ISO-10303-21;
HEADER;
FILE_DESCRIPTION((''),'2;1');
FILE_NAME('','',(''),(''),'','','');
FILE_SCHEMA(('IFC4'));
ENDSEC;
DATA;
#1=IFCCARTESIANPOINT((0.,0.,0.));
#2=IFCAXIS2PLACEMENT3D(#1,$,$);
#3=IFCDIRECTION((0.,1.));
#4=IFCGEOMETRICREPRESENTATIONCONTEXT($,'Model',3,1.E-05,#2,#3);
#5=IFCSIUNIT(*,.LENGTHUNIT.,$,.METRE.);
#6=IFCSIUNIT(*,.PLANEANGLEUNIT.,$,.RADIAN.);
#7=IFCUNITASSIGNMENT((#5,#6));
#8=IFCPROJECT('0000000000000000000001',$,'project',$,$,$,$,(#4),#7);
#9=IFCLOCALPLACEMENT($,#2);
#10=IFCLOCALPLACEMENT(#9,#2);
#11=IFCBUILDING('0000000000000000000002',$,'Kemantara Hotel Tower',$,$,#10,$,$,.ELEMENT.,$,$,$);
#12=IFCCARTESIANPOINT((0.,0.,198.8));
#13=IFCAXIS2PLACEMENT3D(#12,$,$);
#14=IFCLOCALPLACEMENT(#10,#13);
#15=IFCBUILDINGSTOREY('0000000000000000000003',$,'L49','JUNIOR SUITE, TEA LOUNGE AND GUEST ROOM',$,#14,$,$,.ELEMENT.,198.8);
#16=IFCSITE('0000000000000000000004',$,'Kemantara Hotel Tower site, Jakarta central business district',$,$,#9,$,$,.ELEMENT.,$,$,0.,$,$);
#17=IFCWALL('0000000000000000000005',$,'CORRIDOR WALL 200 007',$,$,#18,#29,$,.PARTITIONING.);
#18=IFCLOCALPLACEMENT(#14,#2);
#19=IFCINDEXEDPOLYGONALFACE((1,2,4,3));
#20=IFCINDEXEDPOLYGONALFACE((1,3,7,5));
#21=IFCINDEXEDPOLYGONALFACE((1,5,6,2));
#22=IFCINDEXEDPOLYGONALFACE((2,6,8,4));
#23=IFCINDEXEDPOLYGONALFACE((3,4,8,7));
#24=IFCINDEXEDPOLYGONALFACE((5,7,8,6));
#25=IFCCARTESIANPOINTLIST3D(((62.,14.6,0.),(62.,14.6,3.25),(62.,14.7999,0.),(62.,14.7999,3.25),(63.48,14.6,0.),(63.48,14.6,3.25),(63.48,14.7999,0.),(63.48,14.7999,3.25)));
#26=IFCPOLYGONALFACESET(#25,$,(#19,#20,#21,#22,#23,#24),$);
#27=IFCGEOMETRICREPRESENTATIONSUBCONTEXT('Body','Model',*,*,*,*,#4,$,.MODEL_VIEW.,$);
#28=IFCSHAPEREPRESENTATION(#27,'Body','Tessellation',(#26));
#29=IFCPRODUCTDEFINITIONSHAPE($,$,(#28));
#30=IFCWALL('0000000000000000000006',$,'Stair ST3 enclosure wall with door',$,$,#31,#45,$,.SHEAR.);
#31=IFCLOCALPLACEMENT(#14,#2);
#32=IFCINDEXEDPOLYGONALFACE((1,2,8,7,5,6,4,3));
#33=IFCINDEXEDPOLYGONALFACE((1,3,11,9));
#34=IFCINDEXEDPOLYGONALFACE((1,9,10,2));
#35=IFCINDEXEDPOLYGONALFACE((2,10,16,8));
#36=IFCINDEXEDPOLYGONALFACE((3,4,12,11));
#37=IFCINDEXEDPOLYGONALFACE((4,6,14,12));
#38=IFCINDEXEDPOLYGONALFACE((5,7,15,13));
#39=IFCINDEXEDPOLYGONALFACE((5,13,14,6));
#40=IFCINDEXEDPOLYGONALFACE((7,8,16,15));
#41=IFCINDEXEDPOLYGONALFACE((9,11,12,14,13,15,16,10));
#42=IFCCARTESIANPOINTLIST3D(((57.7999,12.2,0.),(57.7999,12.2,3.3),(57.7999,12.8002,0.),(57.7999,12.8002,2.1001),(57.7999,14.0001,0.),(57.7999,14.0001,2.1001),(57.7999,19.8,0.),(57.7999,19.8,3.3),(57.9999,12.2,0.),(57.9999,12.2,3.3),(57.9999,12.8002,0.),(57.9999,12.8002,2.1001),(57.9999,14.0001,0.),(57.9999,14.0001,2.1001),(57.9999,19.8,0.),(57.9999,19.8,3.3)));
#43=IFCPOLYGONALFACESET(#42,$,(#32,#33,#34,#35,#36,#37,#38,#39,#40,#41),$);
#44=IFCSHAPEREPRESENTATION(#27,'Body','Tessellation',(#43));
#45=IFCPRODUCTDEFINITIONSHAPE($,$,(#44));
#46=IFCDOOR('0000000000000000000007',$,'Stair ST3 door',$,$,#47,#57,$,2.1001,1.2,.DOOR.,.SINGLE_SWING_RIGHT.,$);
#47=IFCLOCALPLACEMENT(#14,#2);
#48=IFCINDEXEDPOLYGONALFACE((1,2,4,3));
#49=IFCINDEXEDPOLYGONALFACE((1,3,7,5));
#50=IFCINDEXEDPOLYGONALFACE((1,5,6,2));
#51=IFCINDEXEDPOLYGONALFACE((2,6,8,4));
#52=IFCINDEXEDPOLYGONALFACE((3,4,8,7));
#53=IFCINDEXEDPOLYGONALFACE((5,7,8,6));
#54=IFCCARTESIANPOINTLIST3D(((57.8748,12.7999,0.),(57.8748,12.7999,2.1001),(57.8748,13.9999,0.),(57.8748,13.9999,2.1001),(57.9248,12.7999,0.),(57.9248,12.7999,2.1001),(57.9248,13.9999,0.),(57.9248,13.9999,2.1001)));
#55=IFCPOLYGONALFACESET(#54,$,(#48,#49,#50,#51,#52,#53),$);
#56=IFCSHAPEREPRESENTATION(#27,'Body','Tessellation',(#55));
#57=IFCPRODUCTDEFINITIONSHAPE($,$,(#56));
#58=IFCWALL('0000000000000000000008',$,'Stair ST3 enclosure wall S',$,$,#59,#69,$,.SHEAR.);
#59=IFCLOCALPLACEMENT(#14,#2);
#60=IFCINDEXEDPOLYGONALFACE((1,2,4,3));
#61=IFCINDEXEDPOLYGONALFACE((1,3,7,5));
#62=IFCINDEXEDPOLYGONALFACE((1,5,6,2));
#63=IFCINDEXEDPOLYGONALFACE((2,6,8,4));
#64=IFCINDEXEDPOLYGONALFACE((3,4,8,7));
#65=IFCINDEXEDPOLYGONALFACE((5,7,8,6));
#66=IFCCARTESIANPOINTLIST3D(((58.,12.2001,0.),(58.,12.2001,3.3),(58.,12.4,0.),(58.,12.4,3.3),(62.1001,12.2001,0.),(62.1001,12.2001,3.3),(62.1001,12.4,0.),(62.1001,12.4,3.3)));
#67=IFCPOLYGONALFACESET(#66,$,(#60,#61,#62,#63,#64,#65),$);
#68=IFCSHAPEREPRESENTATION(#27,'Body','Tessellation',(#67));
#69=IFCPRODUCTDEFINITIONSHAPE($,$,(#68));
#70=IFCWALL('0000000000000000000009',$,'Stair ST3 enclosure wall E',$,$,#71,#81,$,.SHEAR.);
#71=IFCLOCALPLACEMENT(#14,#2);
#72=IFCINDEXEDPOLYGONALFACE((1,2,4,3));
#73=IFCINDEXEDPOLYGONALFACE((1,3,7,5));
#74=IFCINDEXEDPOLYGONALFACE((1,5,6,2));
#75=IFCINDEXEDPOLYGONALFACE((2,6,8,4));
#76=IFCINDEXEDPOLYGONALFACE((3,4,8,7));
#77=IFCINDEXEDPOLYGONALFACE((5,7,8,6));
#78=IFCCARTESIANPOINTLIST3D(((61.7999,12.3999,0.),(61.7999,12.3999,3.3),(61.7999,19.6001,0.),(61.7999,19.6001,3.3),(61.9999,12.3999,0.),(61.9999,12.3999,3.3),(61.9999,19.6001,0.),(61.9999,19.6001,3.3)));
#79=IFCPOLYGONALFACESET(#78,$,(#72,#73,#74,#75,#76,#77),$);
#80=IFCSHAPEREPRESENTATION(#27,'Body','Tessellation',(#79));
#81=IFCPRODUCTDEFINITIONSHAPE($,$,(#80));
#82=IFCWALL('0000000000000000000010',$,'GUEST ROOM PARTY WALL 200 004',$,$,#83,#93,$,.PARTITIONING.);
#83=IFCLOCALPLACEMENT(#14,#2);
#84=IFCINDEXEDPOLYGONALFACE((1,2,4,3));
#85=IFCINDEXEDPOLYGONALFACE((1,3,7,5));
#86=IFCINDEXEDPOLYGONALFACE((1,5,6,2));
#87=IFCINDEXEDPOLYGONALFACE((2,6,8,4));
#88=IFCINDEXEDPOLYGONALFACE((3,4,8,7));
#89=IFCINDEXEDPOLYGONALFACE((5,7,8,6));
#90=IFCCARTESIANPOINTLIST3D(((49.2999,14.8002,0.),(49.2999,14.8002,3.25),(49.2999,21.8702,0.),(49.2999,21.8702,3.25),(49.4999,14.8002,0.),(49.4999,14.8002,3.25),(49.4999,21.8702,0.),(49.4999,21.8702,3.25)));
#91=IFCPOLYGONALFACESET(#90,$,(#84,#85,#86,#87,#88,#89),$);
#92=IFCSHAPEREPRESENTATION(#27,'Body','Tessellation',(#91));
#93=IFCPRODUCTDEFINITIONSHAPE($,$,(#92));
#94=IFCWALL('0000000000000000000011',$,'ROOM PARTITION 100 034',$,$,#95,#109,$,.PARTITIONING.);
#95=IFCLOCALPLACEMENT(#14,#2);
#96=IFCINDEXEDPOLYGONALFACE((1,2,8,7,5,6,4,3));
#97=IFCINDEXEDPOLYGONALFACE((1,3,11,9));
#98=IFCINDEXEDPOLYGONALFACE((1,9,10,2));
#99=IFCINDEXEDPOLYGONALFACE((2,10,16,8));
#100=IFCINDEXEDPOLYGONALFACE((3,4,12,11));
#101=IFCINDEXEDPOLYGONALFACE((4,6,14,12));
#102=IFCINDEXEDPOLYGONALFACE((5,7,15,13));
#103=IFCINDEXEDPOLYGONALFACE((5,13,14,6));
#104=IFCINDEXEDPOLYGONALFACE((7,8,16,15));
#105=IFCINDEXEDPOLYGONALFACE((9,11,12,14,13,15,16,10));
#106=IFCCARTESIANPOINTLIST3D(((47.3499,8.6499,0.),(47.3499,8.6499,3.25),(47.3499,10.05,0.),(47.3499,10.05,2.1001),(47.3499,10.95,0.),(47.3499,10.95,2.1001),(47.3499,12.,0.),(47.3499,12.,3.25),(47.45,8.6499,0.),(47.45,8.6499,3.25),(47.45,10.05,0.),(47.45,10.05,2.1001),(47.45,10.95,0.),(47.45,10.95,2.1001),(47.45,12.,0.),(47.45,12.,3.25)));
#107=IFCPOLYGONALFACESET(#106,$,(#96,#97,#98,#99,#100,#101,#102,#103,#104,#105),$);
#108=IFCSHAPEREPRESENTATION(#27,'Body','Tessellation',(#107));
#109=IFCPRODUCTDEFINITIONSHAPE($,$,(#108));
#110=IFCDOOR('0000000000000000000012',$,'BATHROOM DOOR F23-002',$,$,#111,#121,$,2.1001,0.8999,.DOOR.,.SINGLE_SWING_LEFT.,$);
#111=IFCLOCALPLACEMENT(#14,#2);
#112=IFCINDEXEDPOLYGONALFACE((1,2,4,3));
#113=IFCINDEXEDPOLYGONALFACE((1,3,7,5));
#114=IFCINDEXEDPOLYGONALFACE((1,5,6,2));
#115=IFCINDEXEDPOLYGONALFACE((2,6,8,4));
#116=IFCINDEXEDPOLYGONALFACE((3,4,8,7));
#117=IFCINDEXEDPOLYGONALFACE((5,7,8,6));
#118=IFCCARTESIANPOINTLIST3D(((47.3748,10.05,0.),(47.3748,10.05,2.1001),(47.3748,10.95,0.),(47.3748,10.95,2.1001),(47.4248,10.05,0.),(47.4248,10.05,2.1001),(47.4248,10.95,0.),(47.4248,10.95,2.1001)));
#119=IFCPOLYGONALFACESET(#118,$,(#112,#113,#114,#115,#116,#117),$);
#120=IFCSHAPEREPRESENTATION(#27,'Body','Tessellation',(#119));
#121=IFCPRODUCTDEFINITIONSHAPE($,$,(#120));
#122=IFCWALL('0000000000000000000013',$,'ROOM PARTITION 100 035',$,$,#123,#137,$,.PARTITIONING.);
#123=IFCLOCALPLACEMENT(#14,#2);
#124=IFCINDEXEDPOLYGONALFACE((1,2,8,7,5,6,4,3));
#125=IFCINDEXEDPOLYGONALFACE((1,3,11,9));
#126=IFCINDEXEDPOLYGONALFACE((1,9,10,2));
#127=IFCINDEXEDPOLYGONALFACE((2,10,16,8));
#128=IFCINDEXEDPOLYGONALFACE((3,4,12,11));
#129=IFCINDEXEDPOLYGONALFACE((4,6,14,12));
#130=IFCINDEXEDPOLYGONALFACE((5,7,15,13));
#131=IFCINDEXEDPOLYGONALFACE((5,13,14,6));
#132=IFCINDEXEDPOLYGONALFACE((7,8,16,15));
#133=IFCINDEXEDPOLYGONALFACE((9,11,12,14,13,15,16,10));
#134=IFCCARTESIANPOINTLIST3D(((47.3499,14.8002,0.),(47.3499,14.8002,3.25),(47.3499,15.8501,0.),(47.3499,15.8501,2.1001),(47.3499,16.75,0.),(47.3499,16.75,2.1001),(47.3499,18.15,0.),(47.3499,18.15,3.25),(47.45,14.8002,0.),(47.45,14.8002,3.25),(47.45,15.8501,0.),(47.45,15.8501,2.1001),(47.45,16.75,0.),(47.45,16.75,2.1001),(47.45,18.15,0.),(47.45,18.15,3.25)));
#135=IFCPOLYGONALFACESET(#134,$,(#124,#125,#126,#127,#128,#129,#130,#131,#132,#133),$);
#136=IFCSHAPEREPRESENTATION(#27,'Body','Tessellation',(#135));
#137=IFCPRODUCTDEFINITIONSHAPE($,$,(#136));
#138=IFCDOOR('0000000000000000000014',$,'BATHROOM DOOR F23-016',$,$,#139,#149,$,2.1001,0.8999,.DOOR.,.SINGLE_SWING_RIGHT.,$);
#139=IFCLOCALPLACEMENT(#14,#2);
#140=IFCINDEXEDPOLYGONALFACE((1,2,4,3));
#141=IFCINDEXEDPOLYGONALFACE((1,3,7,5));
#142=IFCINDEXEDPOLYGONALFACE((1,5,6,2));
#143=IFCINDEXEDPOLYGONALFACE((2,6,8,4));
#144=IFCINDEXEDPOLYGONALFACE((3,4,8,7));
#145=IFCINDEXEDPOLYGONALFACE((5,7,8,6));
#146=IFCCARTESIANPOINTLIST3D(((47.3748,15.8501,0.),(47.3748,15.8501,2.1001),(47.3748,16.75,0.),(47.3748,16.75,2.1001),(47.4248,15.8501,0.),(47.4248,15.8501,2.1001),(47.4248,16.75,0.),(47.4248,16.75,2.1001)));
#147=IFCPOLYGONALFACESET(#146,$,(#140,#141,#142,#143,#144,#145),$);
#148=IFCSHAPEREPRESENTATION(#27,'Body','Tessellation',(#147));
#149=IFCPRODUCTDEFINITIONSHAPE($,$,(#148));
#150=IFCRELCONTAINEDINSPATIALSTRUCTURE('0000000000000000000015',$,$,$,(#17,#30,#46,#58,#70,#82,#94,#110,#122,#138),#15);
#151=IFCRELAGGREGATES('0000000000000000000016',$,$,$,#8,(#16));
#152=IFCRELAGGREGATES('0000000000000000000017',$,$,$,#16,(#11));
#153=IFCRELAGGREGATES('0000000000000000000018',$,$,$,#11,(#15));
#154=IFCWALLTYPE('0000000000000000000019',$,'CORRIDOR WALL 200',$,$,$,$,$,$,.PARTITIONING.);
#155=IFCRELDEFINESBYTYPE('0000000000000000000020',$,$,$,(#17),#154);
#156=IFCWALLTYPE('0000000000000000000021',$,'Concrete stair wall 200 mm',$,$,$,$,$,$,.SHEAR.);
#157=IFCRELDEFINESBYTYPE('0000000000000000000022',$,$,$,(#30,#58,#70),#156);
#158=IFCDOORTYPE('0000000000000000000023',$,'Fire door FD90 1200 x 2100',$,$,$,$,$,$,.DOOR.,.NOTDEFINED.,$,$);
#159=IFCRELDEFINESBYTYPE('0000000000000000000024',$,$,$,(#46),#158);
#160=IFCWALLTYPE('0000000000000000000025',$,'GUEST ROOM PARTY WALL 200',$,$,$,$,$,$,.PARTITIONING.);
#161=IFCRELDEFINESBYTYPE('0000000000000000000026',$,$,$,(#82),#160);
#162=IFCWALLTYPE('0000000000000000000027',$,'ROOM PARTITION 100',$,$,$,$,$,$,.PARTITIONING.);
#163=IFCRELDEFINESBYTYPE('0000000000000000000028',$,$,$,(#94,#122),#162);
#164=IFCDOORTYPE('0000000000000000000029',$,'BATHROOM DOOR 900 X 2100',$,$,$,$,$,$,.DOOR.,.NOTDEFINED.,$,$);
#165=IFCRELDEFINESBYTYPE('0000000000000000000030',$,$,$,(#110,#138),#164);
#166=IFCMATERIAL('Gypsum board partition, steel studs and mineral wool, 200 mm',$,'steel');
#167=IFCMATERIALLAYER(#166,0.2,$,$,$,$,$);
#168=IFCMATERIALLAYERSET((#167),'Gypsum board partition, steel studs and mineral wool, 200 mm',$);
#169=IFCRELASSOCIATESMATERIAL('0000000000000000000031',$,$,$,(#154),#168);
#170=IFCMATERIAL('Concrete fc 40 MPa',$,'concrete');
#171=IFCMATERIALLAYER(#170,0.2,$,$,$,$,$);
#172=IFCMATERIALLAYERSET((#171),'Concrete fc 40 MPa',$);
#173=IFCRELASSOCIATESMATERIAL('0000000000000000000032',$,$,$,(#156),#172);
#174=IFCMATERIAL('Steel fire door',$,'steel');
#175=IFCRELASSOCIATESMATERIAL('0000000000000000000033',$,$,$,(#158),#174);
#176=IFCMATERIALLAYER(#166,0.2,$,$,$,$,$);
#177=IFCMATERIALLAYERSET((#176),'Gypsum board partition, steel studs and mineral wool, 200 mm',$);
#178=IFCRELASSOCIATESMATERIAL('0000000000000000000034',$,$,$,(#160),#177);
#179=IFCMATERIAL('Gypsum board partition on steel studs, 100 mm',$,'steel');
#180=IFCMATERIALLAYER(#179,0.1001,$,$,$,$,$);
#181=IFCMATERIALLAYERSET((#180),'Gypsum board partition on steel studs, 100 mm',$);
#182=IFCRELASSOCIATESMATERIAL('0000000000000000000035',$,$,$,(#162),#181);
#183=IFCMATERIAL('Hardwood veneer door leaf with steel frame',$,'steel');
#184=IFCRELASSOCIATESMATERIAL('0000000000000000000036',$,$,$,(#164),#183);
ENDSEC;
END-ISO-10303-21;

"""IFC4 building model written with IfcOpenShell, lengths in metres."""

from ifc_helpers import new_model, si_unit, direction, frame, frame_2d, origin, place, context, subcontext, project, spatial, rectangle, extrude, material, layer, layer_set, type_object, element, fill, save


model = new_model("IFC4")

# Units and contexts
model_context = context("Model", 3, precision=1e-05, world=origin(), true_north=direction((0.0, 1.0)))
body_context = subcontext(model_context, "Body", "Model", "MODEL_VIEW")
ifc_project = project(units=[si_unit("LENGTHUNIT", "METRE"), si_unit("PLANEANGLEUNIT", "RADIAN")], contexts=[model_context])

# Site, building, storey
site_placement = place(None, origin())
site = spatial("IfcSite", under=ifc_project, at=site_placement, Name="Kemantara Hotel Tower site, Jakarta central business district", CompositionType="ELEMENT", RefElevation=0.0)
building_placement = place(site_placement, origin())
building = spatial("IfcBuilding", under=site, at=building_placement, Name="Kemantara Hotel Tower", CompositionType="ELEMENT")
storey_placement = place(building_placement, frame((0.0, 0.0, 198.8)))
storey = spatial("IfcBuildingStorey", under=building, at=storey_placement, Name="L49", Description="JUNIOR SUITE, TEA LOUNGE AND GUEST ROOM", CompositionType="ELEMENT", Elevation=198.8)

# Shared definitions
ifc_material_1 = material(Name="Gypsum board partition, steel studs and mineral wool, 200 mm", Category="steel")
ifc_layer_1 = layer(ifc_material_1, 0.2)
ifc_layer_set_1 = layer_set([ifc_layer_1], Name="Gypsum board partition, steel studs and mineral wool, 200 mm")
wall_type_1 = type_object("IfcWallType", Name="CORRIDOR WALL 200", PredefinedType="PARTITIONING", material=ifc_layer_set_1)
ifc_material_2 = material(Name="Hardwood veneer door leaf with steel frame", Category="steel")

# Wall
wall_1_placement = place(storey_placement, frame((62.0, 14.7, 0.0), z_axis=(0.0, 0.0, 1.0), x_axis=(1.0, 0.0, 0.0)))
element("IfcWall", 1, at=wall_1_placement, inside=storey, type_object=wall_type_1, Name="CORRIDOR WALL 200 007", PredefinedType="PARTITIONING", context=body_context, shape_type="SweptSolid", body=[
    extrude(rectangle(XDim=1.48, YDim=0.2, at=frame_2d((0.74, 0.0))), origin(), (0.0, 0.0, 1.0), 3.25),
])

# Wall, opening, door
ifc_material_3 = material(Name="Concrete fc 40 MPa", Category="concrete")
ifc_layer_2 = layer(ifc_material_3, 0.2)
ifc_layer_set_2 = layer_set([ifc_layer_2], Name="Concrete fc 40 MPa")
wall_type_2 = type_object("IfcWallType", Name="Concrete stair wall 200 mm", PredefinedType="SHEAR", material=ifc_layer_set_2)
wall_2_placement = place(storey_placement, frame((57.8999, 12.2, 0.0), z_axis=(0.0, 0.0, 1.0), x_axis=(0.0, 1.0, 0.0)))
wall_2 = element("IfcWall", 2, at=wall_2_placement, inside=storey, type_object=wall_type_2, Name="Stair ST3 enclosure wall with door", PredefinedType="SHEAR", context=body_context, shape_type="SweptSolid", body=[
    extrude(rectangle(XDim=7.6001, YDim=0.2, at=frame_2d((3.8, 0.0))), origin(), (0.0, 0.0, 1.0), 3.3),
])
opening_1_placement = place(wall_2_placement, frame((0.6001, 0.0, 0.0)))
opening_1 = element("IfcOpeningElement", 3, at=opening_1_placement, cuts=wall_2, PredefinedType="OPENING", context=body_context, shape_type="SweptSolid", body=[
    extrude(rectangle(XDim=1.2, YDim=2.1001, at=frame_2d((0.6001, 1.05))), frame((0.0, 0.1099, 0.0), z_axis=(0.0, -1.0, 0.0), x_axis=(1.0, 0.0, 0.0)), (0.0, 0.0, 1.0), 0.22),
])
ifc_material_4 = material(Name="Steel fire door", Category="steel")
door_type_1 = type_object("IfcDoorType", Name="Fire door FD90 1200 x 2100", OperationType="NOTDEFINED", PredefinedType="DOOR", material=ifc_material_4)
door_1_placement = place(opening_1_placement, frame((1.2, 0.0, 0.0), z_axis=(0.0, 0.0, 1.0), x_axis=(-1.0, 0.0, 0.0)))
door_1 = element("IfcDoor", 4, at=door_1_placement, inside=storey, type_object=door_type_1, Name="Stair ST3 door", OperationType="SINGLE_SWING_RIGHT", OverallHeight=2.1001, OverallWidth=1.2, PredefinedType="DOOR", context=body_context, shape_type="SweptSolid", body=[
    extrude(rectangle(XDim=1.2, YDim=2.1001, at=frame_2d((0.6001, 1.05))), frame((0.0, 0.0249, 0.0), z_axis=(0.0, -1.0, 0.0), x_axis=(1.0, 0.0, 0.0)), (0.0, 0.0, 1.0), 0.05),
])
fill(opening_1, door_1)

# Walls
wall_3_placement = place(storey_placement, frame((58.0, 12.3, 0.0), z_axis=(0.0, 0.0, 1.0), x_axis=(1.0, 0.0, 0.0)))
element("IfcWall", 5, at=wall_3_placement, inside=storey, type_object=wall_type_2, Name="Stair ST3 enclosure wall S", PredefinedType="SHEAR", context=body_context, shape_type="SweptSolid", body=[
    extrude(rectangle(XDim=4.1001, YDim=0.2, at=frame_2d((2.05, 0.0))), origin(), (0.0, 0.0, 1.0), 3.3),
])
wall_4_placement = place(storey_placement, frame((61.8999, 12.3999, 0.0), z_axis=(0.0, 0.0, 1.0), x_axis=(0.0, 1.0, 0.0)))
element("IfcWall", 6, at=wall_4_placement, inside=storey, type_object=wall_type_2, Name="Stair ST3 enclosure wall E", PredefinedType="SHEAR", context=body_context, shape_type="SweptSolid", body=[
    extrude(rectangle(XDim=7.2002, YDim=0.2, at=frame_2d((3.6001, 0.0))), origin(), (0.0, 0.0, 1.0), 3.3),
])
ifc_layer_3 = layer(ifc_material_1, 0.2)
ifc_layer_set_3 = layer_set([ifc_layer_3], Name="Gypsum board partition, steel studs and mineral wool, 200 mm")
wall_type_3 = type_object("IfcWallType", Name="GUEST ROOM PARTY WALL 200", PredefinedType="PARTITIONING", material=ifc_layer_set_3)
wall_5_placement = place(storey_placement, frame((49.3999, 14.8, 0.0), z_axis=(0.0, 0.0, 1.0), x_axis=(0.0, 1.0, 0.0)))
element("IfcWall", 7, at=wall_5_placement, inside=storey, type_object=wall_type_3, Name="GUEST ROOM PARTY WALL 200 004", PredefinedType="PARTITIONING", context=body_context, shape_type="SweptSolid", body=[
    extrude(rectangle(XDim=7.0701, YDim=0.2, at=frame_2d((3.5352, 0.0))), origin(), (0.0, 0.0, 1.0), 3.25),
])

# Walls, openings, doors
ifc_material_5 = material(Name="Gypsum board partition on steel studs, 100 mm", Category="steel")
ifc_layer_4 = layer(ifc_material_5, 0.1001)
ifc_layer_set_4 = layer_set([ifc_layer_4], Name="Gypsum board partition on steel studs, 100 mm")
wall_type_4 = type_object("IfcWallType", Name="ROOM PARTITION 100", PredefinedType="PARTITIONING", material=ifc_layer_set_4)
wall_6_placement = place(storey_placement, frame((47.3999, 12.0, 0.0), z_axis=(0.0, 0.0, 1.0), x_axis=(0.0, -1.0, 0.0)))
wall_6 = element("IfcWall", 8, at=wall_6_placement, inside=storey, type_object=wall_type_4, Name="ROOM PARTITION 100 034", PredefinedType="PARTITIONING", context=body_context, shape_type="SweptSolid", body=[
    extrude(rectangle(XDim=3.3501, YDim=0.1001, at=frame_2d((1.675, 0.0))), origin(), (0.0, 0.0, 1.0), 3.25),
])
opening_2_placement = place(wall_6_placement, frame((1.05, 0.0, 0.0)))
opening_2 = element("IfcOpeningElement", 9, at=opening_2_placement, cuts=wall_6, PredefinedType="OPENING", context=body_context, shape_type="SweptSolid", body=[
    extrude(rectangle(XDim=0.8999, YDim=2.1001, at=frame_2d((0.45, 1.05))), frame((0.0, 0.0601, 0.0), z_axis=(0.0, -1.0, 0.0), x_axis=(1.0, 0.0, 0.0)), (0.0, 0.0, 1.0), 0.1201),
])
door_type_2 = type_object("IfcDoorType", Name="BATHROOM DOOR 900 X 2100", OperationType="NOTDEFINED", PredefinedType="DOOR", material=ifc_material_2)
door_2_placement = place(opening_2_placement, origin())
door_2 = element("IfcDoor", 10, at=door_2_placement, inside=storey, type_object=door_type_2, Name="BATHROOM DOOR F23-002", OperationType="SINGLE_SWING_LEFT", OverallHeight=2.1001, OverallWidth=0.8999, PredefinedType="DOOR", context=body_context, shape_type="SweptSolid", body=[
    extrude(rectangle(XDim=0.8999, YDim=2.1001, at=frame_2d((0.45, 1.05))), frame((0.0, 0.0249, 0.0), z_axis=(0.0, -1.0, 0.0), x_axis=(1.0, 0.0, 0.0)), (0.0, 0.0, 1.0), 0.05),
])
fill(opening_2, door_2)
wall_7_placement = place(storey_placement, frame((47.3999, 18.1499, 0.0), z_axis=(0.0, 0.0, 1.0), x_axis=(0.0, -1.0, 0.0)))
wall_7 = element("IfcWall", 11, at=wall_7_placement, inside=storey, type_object=wall_type_4, Name="ROOM PARTITION 100 035", PredefinedType="PARTITIONING", context=body_context, shape_type="SweptSolid", body=[
    extrude(rectangle(XDim=3.3499, YDim=0.1001, at=frame_2d((1.6748, 0.0))), origin(), (0.0, 0.0, 1.0), 3.25),
])
opening_3_placement = place(wall_7_placement, frame((1.3999, 0.0, 0.0)))
opening_3 = element("IfcOpeningElement", 12, at=opening_3_placement, cuts=wall_7, PredefinedType="OPENING", context=body_context, shape_type="SweptSolid", body=[
    extrude(rectangle(XDim=0.8999, YDim=2.1001, at=frame_2d((0.45, 1.05))), frame((0.0, 0.0601, 0.0), z_axis=(0.0, -1.0, 0.0), x_axis=(1.0, 0.0, 0.0)), (0.0, 0.0, 1.0), 0.1201),
])
door_3_placement = place(opening_3_placement, origin())
door_3 = element("IfcDoor", 13, at=door_3_placement, inside=storey, type_object=door_type_2, Name="BATHROOM DOOR F23-016", OperationType="SINGLE_SWING_RIGHT", OverallHeight=2.1001, OverallWidth=0.8999, PredefinedType="DOOR", context=body_context, shape_type="SweptSolid", body=[
    extrude(rectangle(XDim=0.8999, YDim=2.1001, at=frame_2d((0.45, 1.05))), frame((0.0, 0.0249, 0.0), z_axis=(0.0, -1.0, 0.0), x_axis=(1.0, 0.0, 0.0)), (0.0, 0.0, 1.0), 0.05),
])
fill(opening_3, door_3)

save(model, "model.ifc")
